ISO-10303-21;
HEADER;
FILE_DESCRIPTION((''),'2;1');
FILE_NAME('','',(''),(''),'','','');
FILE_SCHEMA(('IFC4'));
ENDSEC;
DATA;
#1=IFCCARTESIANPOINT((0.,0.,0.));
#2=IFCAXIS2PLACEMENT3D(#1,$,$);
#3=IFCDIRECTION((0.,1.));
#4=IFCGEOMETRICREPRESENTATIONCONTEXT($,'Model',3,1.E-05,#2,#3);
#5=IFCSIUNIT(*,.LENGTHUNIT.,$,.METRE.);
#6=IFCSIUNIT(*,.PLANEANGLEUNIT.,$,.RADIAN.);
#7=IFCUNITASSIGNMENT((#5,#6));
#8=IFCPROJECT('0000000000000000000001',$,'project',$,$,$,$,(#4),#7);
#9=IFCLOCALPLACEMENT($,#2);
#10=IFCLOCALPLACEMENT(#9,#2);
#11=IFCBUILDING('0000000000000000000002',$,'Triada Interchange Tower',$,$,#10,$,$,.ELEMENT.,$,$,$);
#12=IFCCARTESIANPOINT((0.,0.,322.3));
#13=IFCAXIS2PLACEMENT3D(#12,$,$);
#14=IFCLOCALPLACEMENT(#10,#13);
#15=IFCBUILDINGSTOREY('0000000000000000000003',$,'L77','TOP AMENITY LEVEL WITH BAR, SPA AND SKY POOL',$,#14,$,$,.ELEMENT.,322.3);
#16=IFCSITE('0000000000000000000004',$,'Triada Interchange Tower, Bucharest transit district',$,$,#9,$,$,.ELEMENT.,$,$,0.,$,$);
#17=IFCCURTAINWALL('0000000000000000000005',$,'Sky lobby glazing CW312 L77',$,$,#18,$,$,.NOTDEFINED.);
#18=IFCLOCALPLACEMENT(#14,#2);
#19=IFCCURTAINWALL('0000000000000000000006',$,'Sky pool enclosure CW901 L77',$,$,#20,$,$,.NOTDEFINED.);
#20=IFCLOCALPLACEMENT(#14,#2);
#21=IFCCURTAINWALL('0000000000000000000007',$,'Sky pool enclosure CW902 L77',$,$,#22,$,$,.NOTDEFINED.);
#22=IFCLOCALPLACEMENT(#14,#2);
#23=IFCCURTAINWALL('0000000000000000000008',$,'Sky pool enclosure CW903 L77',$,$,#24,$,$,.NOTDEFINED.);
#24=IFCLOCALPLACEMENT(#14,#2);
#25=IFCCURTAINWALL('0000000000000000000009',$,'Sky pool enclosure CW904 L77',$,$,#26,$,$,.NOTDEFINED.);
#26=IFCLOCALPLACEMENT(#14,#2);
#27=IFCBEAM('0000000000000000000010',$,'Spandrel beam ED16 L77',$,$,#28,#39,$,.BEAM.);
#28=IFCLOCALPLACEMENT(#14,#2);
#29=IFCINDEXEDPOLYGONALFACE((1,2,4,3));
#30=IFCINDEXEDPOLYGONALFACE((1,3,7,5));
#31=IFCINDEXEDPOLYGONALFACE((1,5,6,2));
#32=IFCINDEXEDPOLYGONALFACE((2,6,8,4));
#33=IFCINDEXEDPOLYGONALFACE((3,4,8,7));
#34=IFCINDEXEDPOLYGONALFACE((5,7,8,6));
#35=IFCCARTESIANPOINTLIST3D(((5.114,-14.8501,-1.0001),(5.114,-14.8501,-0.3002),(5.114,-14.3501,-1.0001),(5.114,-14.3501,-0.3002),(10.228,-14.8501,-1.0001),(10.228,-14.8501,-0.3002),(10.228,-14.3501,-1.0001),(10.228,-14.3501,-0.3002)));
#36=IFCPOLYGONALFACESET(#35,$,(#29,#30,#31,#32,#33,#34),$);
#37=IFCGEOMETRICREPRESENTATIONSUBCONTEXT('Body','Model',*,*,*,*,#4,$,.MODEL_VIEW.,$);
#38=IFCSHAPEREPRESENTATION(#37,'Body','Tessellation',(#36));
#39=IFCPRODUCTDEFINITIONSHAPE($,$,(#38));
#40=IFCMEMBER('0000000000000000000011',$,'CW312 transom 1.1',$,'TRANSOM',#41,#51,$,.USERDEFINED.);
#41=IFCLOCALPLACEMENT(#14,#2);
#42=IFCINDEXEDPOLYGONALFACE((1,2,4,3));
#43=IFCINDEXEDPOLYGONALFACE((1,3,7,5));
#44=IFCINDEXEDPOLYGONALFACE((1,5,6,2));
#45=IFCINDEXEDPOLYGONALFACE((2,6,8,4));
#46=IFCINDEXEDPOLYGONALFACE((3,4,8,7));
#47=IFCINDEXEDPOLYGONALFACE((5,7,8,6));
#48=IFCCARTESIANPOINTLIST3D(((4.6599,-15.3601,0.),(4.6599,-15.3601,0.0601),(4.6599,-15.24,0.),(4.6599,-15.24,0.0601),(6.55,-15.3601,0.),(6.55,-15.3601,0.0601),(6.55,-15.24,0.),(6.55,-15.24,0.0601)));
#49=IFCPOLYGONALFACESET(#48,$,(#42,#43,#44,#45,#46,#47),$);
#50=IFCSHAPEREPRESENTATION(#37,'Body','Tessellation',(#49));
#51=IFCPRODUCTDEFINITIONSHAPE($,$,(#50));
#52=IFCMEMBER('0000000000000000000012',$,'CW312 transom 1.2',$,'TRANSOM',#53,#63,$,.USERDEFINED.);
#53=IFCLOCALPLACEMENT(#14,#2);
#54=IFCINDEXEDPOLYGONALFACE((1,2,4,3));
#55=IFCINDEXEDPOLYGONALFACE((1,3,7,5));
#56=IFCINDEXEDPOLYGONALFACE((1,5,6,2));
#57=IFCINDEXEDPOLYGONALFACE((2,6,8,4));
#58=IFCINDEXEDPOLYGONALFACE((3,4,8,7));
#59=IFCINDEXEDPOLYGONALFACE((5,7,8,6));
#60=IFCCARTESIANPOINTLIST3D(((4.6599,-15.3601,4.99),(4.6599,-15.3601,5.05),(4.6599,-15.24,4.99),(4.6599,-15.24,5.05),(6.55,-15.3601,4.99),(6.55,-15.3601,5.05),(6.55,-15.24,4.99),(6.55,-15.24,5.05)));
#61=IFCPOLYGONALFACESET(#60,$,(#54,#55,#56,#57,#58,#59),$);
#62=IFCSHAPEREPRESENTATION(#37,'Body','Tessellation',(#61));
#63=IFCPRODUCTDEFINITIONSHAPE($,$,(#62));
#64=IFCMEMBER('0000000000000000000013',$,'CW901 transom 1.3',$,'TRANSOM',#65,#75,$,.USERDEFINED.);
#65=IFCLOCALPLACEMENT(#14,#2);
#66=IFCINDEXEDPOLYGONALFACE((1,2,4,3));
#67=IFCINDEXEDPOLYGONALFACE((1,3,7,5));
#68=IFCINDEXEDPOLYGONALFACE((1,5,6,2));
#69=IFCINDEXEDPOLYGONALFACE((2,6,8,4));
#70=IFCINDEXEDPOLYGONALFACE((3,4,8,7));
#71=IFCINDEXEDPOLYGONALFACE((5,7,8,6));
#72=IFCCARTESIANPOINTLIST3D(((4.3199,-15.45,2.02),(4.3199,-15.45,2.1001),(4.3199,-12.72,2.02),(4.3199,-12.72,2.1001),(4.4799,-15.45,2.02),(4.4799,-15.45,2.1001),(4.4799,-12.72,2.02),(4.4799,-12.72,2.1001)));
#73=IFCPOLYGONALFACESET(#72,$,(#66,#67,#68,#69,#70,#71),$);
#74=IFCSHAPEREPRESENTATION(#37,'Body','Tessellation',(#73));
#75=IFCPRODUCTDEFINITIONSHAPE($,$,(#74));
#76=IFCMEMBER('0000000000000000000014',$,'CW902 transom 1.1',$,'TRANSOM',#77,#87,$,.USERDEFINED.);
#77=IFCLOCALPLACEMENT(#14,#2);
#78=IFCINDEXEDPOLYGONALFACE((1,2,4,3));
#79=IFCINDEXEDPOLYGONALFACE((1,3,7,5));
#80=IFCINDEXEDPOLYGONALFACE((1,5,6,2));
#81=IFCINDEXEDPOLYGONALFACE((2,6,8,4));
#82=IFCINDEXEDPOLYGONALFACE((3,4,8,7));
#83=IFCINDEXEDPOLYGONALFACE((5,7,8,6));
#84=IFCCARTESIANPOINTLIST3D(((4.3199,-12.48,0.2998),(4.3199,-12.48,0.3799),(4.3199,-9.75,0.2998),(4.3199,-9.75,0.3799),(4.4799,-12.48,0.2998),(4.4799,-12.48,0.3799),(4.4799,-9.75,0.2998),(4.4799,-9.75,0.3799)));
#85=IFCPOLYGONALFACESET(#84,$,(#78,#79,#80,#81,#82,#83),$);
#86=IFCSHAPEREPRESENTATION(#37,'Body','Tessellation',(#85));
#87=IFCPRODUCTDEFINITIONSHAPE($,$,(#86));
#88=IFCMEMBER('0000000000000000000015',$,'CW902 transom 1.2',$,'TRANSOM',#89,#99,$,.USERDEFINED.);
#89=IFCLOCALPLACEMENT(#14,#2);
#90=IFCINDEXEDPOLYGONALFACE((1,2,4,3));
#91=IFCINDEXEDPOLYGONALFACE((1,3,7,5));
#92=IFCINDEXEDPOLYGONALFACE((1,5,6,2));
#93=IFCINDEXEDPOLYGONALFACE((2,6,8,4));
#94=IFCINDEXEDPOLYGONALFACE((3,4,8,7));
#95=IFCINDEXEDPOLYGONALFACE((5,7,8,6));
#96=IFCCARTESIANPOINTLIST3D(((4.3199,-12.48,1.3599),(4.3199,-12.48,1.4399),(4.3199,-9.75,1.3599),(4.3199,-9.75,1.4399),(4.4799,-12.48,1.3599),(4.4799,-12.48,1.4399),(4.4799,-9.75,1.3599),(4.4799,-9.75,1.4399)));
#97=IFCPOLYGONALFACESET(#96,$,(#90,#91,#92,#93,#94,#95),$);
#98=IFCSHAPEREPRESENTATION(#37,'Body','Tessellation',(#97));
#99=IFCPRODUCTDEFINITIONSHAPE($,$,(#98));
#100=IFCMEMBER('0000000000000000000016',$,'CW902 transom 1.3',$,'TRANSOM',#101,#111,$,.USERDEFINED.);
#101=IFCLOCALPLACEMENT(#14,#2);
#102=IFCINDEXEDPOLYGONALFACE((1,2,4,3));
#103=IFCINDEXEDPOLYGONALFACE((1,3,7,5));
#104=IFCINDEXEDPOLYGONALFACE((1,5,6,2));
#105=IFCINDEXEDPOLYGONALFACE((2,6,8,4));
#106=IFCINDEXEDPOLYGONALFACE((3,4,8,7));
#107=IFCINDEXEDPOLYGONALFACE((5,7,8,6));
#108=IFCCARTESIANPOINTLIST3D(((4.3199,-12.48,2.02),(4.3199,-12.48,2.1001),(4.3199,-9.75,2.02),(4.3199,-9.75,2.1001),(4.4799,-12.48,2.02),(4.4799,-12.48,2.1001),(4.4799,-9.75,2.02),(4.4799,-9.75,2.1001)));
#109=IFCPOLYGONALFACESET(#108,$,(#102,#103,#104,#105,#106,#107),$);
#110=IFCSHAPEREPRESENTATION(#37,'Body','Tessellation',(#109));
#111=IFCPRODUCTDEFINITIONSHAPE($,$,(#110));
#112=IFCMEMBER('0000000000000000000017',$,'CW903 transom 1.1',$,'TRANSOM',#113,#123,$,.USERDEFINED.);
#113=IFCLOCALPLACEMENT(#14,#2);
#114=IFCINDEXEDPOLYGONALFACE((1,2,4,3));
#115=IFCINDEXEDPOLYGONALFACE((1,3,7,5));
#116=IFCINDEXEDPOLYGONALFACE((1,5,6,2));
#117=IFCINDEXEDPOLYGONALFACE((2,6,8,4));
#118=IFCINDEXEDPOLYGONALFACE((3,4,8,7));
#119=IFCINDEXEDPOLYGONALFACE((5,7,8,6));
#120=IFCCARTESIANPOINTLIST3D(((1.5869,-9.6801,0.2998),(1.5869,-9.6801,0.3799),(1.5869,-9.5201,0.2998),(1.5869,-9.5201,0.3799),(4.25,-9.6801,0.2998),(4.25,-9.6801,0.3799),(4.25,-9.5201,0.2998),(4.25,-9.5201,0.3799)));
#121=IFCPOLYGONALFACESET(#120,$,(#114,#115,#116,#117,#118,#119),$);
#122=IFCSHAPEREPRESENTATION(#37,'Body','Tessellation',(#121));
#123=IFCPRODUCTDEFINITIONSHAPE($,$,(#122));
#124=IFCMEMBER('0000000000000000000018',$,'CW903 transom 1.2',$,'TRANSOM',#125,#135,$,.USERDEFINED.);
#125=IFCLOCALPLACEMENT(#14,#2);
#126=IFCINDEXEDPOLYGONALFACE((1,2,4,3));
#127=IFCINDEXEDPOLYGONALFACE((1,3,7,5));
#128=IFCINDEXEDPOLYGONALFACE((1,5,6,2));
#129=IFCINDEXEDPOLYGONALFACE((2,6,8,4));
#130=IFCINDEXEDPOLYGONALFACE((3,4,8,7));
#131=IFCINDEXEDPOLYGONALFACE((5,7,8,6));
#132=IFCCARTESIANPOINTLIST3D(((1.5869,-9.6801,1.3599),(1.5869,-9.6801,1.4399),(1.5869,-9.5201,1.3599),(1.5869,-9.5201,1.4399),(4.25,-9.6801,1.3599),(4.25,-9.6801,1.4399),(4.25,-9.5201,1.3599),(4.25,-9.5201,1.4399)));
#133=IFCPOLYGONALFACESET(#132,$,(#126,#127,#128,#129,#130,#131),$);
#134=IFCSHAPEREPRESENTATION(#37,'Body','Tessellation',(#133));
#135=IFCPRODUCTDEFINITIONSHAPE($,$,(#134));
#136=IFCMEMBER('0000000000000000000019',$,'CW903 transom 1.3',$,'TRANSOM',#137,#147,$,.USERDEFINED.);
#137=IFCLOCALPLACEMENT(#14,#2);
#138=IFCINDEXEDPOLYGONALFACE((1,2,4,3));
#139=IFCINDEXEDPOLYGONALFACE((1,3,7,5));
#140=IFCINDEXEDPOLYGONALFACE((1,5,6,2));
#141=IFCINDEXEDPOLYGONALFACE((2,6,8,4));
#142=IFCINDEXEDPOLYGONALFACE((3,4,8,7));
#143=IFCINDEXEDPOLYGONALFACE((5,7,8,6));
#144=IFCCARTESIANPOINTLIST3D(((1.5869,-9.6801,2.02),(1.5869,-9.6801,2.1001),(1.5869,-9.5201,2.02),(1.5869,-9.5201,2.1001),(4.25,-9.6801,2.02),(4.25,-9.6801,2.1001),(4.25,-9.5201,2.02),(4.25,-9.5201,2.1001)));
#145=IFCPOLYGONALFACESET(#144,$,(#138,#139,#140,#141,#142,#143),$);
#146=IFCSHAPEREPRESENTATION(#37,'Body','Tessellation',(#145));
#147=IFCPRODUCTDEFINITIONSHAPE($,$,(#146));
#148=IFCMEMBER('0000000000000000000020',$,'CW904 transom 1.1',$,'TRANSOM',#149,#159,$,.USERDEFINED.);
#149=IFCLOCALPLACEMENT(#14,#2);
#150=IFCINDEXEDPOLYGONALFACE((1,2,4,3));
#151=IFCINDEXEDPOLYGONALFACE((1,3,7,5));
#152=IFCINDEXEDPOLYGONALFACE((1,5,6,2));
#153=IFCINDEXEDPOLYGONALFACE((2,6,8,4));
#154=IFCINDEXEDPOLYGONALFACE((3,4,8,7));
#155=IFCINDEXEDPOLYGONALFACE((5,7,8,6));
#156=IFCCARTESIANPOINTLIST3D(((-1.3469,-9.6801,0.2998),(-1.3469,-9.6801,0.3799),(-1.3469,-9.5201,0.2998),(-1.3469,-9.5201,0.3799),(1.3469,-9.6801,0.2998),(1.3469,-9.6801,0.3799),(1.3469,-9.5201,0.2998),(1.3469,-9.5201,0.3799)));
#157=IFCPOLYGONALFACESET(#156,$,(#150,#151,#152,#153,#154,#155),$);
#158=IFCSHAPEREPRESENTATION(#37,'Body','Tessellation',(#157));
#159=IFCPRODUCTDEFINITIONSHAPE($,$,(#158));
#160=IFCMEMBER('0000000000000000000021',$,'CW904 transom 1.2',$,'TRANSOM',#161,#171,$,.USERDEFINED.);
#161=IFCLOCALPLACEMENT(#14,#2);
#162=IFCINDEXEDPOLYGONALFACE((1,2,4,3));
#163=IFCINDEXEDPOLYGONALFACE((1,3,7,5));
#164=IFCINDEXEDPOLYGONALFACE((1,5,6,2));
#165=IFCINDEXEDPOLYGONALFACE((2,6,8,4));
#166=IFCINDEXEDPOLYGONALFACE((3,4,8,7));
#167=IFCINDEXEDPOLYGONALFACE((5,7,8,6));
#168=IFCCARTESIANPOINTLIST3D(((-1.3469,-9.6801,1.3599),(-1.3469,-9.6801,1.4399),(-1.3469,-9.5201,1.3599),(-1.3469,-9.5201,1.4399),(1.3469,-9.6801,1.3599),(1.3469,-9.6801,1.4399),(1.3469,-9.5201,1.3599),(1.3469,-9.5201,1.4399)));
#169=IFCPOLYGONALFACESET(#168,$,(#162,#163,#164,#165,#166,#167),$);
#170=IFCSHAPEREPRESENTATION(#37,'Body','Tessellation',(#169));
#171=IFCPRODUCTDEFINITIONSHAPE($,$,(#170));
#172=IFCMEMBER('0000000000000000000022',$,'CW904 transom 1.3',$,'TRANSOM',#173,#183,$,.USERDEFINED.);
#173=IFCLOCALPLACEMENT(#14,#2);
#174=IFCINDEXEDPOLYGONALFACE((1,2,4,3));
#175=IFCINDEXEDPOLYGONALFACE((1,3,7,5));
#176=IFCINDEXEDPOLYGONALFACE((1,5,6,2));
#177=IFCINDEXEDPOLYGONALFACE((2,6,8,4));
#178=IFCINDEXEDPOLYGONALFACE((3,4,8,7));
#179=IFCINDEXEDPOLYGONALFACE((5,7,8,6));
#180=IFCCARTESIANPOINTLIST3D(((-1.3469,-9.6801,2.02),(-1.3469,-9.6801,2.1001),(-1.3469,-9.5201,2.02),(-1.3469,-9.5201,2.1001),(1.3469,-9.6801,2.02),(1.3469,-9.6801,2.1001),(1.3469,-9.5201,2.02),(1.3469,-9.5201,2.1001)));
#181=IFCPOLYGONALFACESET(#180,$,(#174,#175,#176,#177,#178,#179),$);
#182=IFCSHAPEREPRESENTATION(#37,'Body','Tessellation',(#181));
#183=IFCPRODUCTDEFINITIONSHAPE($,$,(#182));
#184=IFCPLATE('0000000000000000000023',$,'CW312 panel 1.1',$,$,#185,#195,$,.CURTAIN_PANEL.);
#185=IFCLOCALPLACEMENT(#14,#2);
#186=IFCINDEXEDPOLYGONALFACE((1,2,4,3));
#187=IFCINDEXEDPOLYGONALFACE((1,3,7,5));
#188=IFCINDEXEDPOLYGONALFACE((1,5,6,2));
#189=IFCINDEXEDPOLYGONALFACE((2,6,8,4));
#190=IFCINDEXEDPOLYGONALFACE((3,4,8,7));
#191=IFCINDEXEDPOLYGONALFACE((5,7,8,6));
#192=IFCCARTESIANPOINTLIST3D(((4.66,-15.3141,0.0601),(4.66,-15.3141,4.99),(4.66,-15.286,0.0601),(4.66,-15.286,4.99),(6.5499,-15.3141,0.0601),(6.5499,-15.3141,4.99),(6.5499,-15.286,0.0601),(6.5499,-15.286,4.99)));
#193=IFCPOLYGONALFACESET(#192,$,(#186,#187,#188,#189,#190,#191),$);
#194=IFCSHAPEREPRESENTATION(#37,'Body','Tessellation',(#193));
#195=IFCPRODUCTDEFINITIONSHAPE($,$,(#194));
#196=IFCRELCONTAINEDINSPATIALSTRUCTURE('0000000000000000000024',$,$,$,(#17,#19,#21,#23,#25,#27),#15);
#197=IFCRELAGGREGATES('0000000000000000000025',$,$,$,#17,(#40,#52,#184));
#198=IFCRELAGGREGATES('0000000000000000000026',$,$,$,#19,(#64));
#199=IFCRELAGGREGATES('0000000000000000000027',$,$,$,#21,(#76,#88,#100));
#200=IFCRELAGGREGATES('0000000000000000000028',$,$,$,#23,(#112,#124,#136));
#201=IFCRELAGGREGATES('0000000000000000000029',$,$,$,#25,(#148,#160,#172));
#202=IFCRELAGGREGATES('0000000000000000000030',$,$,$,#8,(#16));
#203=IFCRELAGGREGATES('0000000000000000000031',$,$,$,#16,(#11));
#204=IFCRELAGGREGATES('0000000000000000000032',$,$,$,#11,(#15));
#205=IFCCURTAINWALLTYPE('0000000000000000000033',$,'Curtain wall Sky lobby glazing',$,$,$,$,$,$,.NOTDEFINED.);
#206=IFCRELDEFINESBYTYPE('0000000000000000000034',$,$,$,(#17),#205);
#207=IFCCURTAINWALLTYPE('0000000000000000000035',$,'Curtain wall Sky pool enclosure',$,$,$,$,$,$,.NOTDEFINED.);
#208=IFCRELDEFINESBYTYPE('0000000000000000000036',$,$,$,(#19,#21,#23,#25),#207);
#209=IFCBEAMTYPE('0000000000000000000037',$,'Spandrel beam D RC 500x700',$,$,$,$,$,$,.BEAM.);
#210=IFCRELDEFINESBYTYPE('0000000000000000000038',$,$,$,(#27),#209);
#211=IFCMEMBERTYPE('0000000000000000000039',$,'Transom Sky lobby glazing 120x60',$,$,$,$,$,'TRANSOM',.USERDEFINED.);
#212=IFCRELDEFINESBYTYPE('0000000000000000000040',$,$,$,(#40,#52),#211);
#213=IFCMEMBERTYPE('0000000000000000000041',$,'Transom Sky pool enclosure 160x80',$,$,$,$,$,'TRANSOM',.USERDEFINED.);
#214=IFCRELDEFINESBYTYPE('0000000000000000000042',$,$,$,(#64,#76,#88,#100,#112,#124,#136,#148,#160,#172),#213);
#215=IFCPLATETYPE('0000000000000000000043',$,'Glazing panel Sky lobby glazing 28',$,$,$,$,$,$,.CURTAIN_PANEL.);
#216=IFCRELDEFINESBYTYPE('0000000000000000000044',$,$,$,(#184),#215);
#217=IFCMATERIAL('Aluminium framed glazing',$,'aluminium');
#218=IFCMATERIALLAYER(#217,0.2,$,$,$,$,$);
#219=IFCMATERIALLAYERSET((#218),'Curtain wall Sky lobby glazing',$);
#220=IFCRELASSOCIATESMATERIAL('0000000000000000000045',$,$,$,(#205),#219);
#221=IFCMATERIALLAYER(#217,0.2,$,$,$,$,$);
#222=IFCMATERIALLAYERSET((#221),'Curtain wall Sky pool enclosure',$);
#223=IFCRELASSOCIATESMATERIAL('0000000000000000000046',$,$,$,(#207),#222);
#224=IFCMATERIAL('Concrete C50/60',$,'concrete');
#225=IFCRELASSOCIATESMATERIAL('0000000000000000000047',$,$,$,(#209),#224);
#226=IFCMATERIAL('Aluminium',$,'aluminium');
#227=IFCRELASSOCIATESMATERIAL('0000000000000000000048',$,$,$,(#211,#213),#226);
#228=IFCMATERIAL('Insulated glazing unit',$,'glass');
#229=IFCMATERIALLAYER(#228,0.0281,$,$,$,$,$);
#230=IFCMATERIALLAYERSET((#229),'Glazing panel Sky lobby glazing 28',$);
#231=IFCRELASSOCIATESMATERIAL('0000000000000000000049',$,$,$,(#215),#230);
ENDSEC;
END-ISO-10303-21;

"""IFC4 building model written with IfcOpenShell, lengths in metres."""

from ifc_helpers import new_model, si_unit, direction, frame, origin, origin_2d, place, context, subcontext, project, spatial, rectangle, extrude, material, layer, layer_set, material_profile, profile_set, type_object, element, aggregate, save


model = new_model("IFC4")

# Units and contexts
model_context = context("Model", 3, precision=1e-05, world=origin(), true_north=direction((0.0, 1.0)))
body_context = subcontext(model_context, "Body", "Model", "MODEL_VIEW")
ifc_project = project(units=[si_unit("LENGTHUNIT", "METRE"), si_unit("PLANEANGLEUNIT", "RADIAN")], contexts=[model_context])

# Site, building, storey
site_placement = place(None, origin())
site = spatial("IfcSite", under=ifc_project, at=site_placement, Name="Triada Interchange Tower, Bucharest transit district", CompositionType="ELEMENT", RefElevation=0.0)
building_placement = place(site_placement, origin())
building = spatial("IfcBuilding", under=site, at=building_placement, Name="Triada Interchange Tower", CompositionType="ELEMENT")
storey_placement = place(building_placement, frame((0.0, 0.0, 322.3)))
storey = spatial("IfcBuildingStorey", under=building, at=storey_placement, Name="L77", Description="TOP AMENITY LEVEL WITH BAR, SPA AND SKY POOL", CompositionType="ELEMENT", Elevation=322.3)

# Curtain wall
ifc_material_1 = material(Name="Aluminium framed glazing", Category="aluminium")
ifc_layer_1 = layer(ifc_material_1, 0.2)
ifc_layer_set_1 = layer_set([ifc_layer_1], Name="Curtain wall Sky lobby glazing")
curtain_wall_type_1 = type_object("IfcCurtainWallType", Name="Curtain wall Sky lobby glazing", PredefinedType="NOTDEFINED", material=ifc_layer_set_1)
curtain_wall_1_placement = place(storey_placement, origin())
curtain_wall_1 = element("IfcCurtainWall", 1, at=curtain_wall_1_placement, inside=storey, type_object=curtain_wall_type_1, Name="Sky lobby glazing CW312 L77", PredefinedType="NOTDEFINED")
ifc_material_2 = material(Name="Aluminium", Category="aluminium")

# Curtain wall
ifc_layer_2 = layer(ifc_material_1, 0.2)
ifc_layer_set_2 = layer_set([ifc_layer_2], Name="Curtain wall Sky pool enclosure")
curtain_wall_type_2 = type_object("IfcCurtainWallType", Name="Curtain wall Sky pool enclosure", PredefinedType="NOTDEFINED", material=ifc_layer_set_2)
curtain_wall_2_placement = place(storey_placement, origin())
curtain_wall_2 = element("IfcCurtainWall", 2, at=curtain_wall_2_placement, inside=storey, type_object=curtain_wall_type_2, Name="Sky pool enclosure CW901 L77", PredefinedType="NOTDEFINED")

# Curtain walls
curtain_wall_3_placement = place(storey_placement, origin())
curtain_wall_3 = element("IfcCurtainWall", 3, at=curtain_wall_3_placement, inside=storey, type_object=curtain_wall_type_2, Name="Sky pool enclosure CW902 L77", PredefinedType="NOTDEFINED")
curtain_wall_4_placement = place(storey_placement, origin())
curtain_wall_4 = element("IfcCurtainWall", 4, at=curtain_wall_4_placement, inside=storey, type_object=curtain_wall_type_2, Name="Sky pool enclosure CW903 L77", PredefinedType="NOTDEFINED")

# Curtain wall
curtain_wall_5_placement = place(storey_placement, origin())
curtain_wall_5 = element("IfcCurtainWall", 5, at=curtain_wall_5_placement, inside=storey, type_object=curtain_wall_type_2, Name="Sky pool enclosure CW904 L77", PredefinedType="NOTDEFINED")

# Beam
ifc_material_3 = material(Name="Concrete C50/60", Category="concrete")
ifc_material_profile_1 = material_profile(ifc_material_3, rectangle(XDim=0.5, YDim=0.7, at=origin_2d()), Name="RC 500x700")
ifc_profile_set_1 = profile_set([ifc_material_profile_1], Name="Concrete C50/60")
beam_type_1 = type_object("IfcBeamType", Name="Spandrel beam D RC 500x700", PredefinedType="BEAM", material=ifc_profile_set_1)
for number, where, z_axis, x_axis, name in (
    (6, (5.114, -14.6001, -0.6501), (1.0, 0.0, 0.0), (0.0, 1.0, 0.0), "Spandrel beam ED16 L77"),
):
    element("IfcBeam", number, at=place(storey_placement, frame(where, z_axis=z_axis, x_axis=x_axis)), inside=storey, type_object=beam_type_1, Name=name, PredefinedType="BEAM", context=body_context, shape_type="SweptSolid", body=[
        extrude(rectangle(XDim=0.5, YDim=0.7, at=origin_2d()), origin(), (0.0, 0.0, 1.0), 5.114),
    ])

# Members
ifc_material_profile_2 = material_profile(ifc_material_2, rectangle(XDim=0.1201, YDim=0.0601, at=origin_2d()), Name="Aluminium transom")
ifc_profile_set_2 = profile_set([ifc_material_profile_2], Name="Aluminium")
member_type_1 = type_object("IfcMemberType", Name="Transom Sky lobby glazing 120x60", ElementType="TRANSOM", PredefinedType="USERDEFINED", material=ifc_profile_set_2)
member_1_placement = place(storey_placement, frame((4.6599, -15.3, 0.03), z_axis=(1.0, 0.0, 0.0), x_axis=(0.0, 1.0, 0.0)))
member_1 = element("IfcMember", 7, at=member_1_placement, type_object=member_type_1, Name="CW312 transom 1.1", ObjectType="TRANSOM", PredefinedType="USERDEFINED", context=body_context, shape_type="SweptSolid", body=[
    extrude(rectangle(XDim=0.1201, YDim=0.0601, at=origin_2d()), origin(), (0.0, 0.0, 1.0), 1.8901),
])
member_2_placement = place(storey_placement, frame((4.6599, -15.3, 5.02), z_axis=(1.0, 0.0, 0.0), x_axis=(0.0, 1.0, 0.0)))
member_2 = element("IfcMember", 8, at=member_2_placement, type_object=member_type_1, Name="CW312 transom 1.2", ObjectType="TRANSOM", PredefinedType="USERDEFINED", context=body_context, shape_type="SweptSolid", body=[
    extrude(rectangle(XDim=0.1201, YDim=0.0601, at=origin_2d()), origin(), (0.0, 0.0, 1.0), 1.8901),
])
ifc_material_profile_3 = material_profile(ifc_material_2, rectangle(XDim=0.1599, YDim=0.0801, at=origin_2d()), Name="Aluminium transom")
ifc_profile_set_3 = profile_set([ifc_material_profile_3], Name="Aluminium")
member_type_2 = type_object("IfcMemberType", Name="Transom Sky pool enclosure 160x80", ElementType="TRANSOM", PredefinedType="USERDEFINED", material=ifc_profile_set_3)
member_3_placement = place(storey_placement, frame((4.3999, -15.45, 2.0601), z_axis=(0.0, 1.0, 0.0), x_axis=(-1.0, 0.0, 0.0)))
member_3 = element("IfcMember", 9, at=member_3_placement, type_object=member_type_2, Name="CW901 transom 1.3", ObjectType="TRANSOM", PredefinedType="USERDEFINED", context=body_context, shape_type="SweptSolid", body=[
    extrude(rectangle(XDim=0.1599, YDim=0.0801, at=origin_2d()), origin(), (0.0, 0.0, 1.0), 2.73),
])
member_4_placement = place(storey_placement, frame((4.3999, -12.48, 0.3398), z_axis=(0.0, 1.0, 0.0), x_axis=(-1.0, 0.0, 0.0)))
member_4 = element("IfcMember", 10, at=member_4_placement, type_object=member_type_2, Name="CW902 transom 1.1", ObjectType="TRANSOM", PredefinedType="USERDEFINED", context=body_context, shape_type="SweptSolid", body=[
    extrude(rectangle(XDim=0.1599, YDim=0.0801, at=origin_2d()), origin(), (0.0, 0.0, 1.0), 2.73),
])
member_5_placement = place(storey_placement, frame((4.3999, -12.48, 1.3999), z_axis=(0.0, 1.0, 0.0), x_axis=(-1.0, 0.0, 0.0)))
member_5 = element("IfcMember", 11, at=member_5_placement, type_object=member_type_2, Name="CW902 transom 1.2", ObjectType="TRANSOM", PredefinedType="USERDEFINED", context=body_context, shape_type="SweptSolid", body=[
    extrude(rectangle(XDim=0.1599, YDim=0.0801, at=origin_2d()), origin(), (0.0, 0.0, 1.0), 2.73),
])
member_6_placement = place(storey_placement, frame((4.3999, -12.48, 2.0601), z_axis=(0.0, 1.0, 0.0), x_axis=(-1.0, 0.0, 0.0)))
member_6 = element("IfcMember", 12, at=member_6_placement, type_object=member_type_2, Name="CW902 transom 1.3", ObjectType="TRANSOM", PredefinedType="USERDEFINED", context=body_context, shape_type="SweptSolid", body=[
    extrude(rectangle(XDim=0.1599, YDim=0.0801, at=origin_2d()), origin(), (0.0, 0.0, 1.0), 2.73),
])
member_7_placement = place(storey_placement, frame((4.25, -9.6001, 0.3398), z_axis=(-1.0, 0.0, 0.0), x_axis=(0.0, -1.0, 0.0)))
member_7 = element("IfcMember", 13, at=member_7_placement, type_object=member_type_2, Name="CW903 transom 1.1", ObjectType="TRANSOM", PredefinedType="USERDEFINED", context=body_context, shape_type="SweptSolid", body=[
    extrude(rectangle(XDim=0.1599, YDim=0.0801, at=origin_2d()), origin(), (0.0, 0.0, 1.0), 2.6631),
])
member_8_placement = place(storey_placement, frame((4.25, -9.6001, 1.3999), z_axis=(-1.0, 0.0, 0.0), x_axis=(0.0, -1.0, 0.0)))
member_8 = element("IfcMember", 14, at=member_8_placement, type_object=member_type_2, Name="CW903 transom 1.2", ObjectType="TRANSOM", PredefinedType="USERDEFINED", context=body_context, shape_type="SweptSolid", body=[
    extrude(rectangle(XDim=0.1599, YDim=0.0801, at=origin_2d()), origin(), (0.0, 0.0, 1.0), 2.6631),
])
member_9_placement = place(storey_placement, frame((4.25, -9.6001, 2.0601), z_axis=(-1.0, 0.0, 0.0), x_axis=(0.0, -1.0, 0.0)))
member_9 = element("IfcMember", 15, at=member_9_placement, type_object=member_type_2, Name="CW903 transom 1.3", ObjectType="TRANSOM", PredefinedType="USERDEFINED", context=body_context, shape_type="SweptSolid", body=[
    extrude(rectangle(XDim=0.1599, YDim=0.0801, at=origin_2d()), origin(), (0.0, 0.0, 1.0), 2.6631),
])
member_10_placement = place(storey_placement, frame((1.3469, -9.6001, 0.3398), z_axis=(-1.0, 0.0, 0.0), x_axis=(0.0, -1.0, 0.0)))
member_10 = element("IfcMember", 16, at=member_10_placement, type_object=member_type_2, Name="CW904 transom 1.1", ObjectType="TRANSOM", PredefinedType="USERDEFINED", context=body_context, shape_type="SweptSolid", body=[
    extrude(rectangle(XDim=0.1599, YDim=0.0801, at=origin_2d()), origin(), (0.0, 0.0, 1.0), 2.6938),
])
member_11_placement = place(storey_placement, frame((1.3469, -9.6001, 1.3999), z_axis=(-1.0, 0.0, 0.0), x_axis=(0.0, -1.0, 0.0)))
member_11 = element("IfcMember", 17, at=member_11_placement, type_object=member_type_2, Name="CW904 transom 1.2", ObjectType="TRANSOM", PredefinedType="USERDEFINED", context=body_context, shape_type="SweptSolid", body=[
    extrude(rectangle(XDim=0.1599, YDim=0.0801, at=origin_2d()), origin(), (0.0, 0.0, 1.0), 2.6938),
])
member_12_placement = place(storey_placement, frame((1.3469, -9.6001, 2.0601), z_axis=(-1.0, 0.0, 0.0), x_axis=(0.0, -1.0, 0.0)))
member_12 = element("IfcMember", 18, at=member_12_placement, type_object=member_type_2, Name="CW904 transom 1.3", ObjectType="TRANSOM", PredefinedType="USERDEFINED", context=body_context, shape_type="SweptSolid", body=[
    extrude(rectangle(XDim=0.1599, YDim=0.0801, at=origin_2d()), origin(), (0.0, 0.0, 1.0), 2.6938),
])

# Plate
ifc_material_4 = material(Name="Insulated glazing unit", Category="glass")
ifc_layer_3 = layer(ifc_material_4, 0.0281)
ifc_layer_set_3 = layer_set([ifc_layer_3], Name="Glazing panel Sky lobby glazing 28")
plate_type_1 = type_object("IfcPlateType", Name="Glazing panel Sky lobby glazing 28", PredefinedType="CURTAIN_PANEL", material=ifc_layer_set_3)
plate_1_placement = place(storey_placement, frame((5.605, -15.3, 0.0601), z_axis=(0.0, 0.0, 1.0), x_axis=(1.0, 0.0, 0.0)))
plate_1 = element("IfcPlate", 19, at=plate_1_placement, type_object=plate_type_1, Name="CW312 panel 1.1", PredefinedType="CURTAIN_PANEL", context=body_context, shape_type="SweptSolid", body=[
    extrude(rectangle(XDim=1.8899, YDim=0.0281, at=origin_2d()), origin(), (0.0, 0.0, 1.0), 4.9299),
])
aggregate(curtain_wall_1, [member_1, member_2, plate_1])
aggregate(curtain_wall_2, [member_3])
aggregate(curtain_wall_3, [member_4, member_5, member_6])
aggregate(curtain_wall_4, [member_7, member_8, member_9])
aggregate(curtain_wall_5, [member_10, member_11, member_12])

save(model, "model.ifc")
